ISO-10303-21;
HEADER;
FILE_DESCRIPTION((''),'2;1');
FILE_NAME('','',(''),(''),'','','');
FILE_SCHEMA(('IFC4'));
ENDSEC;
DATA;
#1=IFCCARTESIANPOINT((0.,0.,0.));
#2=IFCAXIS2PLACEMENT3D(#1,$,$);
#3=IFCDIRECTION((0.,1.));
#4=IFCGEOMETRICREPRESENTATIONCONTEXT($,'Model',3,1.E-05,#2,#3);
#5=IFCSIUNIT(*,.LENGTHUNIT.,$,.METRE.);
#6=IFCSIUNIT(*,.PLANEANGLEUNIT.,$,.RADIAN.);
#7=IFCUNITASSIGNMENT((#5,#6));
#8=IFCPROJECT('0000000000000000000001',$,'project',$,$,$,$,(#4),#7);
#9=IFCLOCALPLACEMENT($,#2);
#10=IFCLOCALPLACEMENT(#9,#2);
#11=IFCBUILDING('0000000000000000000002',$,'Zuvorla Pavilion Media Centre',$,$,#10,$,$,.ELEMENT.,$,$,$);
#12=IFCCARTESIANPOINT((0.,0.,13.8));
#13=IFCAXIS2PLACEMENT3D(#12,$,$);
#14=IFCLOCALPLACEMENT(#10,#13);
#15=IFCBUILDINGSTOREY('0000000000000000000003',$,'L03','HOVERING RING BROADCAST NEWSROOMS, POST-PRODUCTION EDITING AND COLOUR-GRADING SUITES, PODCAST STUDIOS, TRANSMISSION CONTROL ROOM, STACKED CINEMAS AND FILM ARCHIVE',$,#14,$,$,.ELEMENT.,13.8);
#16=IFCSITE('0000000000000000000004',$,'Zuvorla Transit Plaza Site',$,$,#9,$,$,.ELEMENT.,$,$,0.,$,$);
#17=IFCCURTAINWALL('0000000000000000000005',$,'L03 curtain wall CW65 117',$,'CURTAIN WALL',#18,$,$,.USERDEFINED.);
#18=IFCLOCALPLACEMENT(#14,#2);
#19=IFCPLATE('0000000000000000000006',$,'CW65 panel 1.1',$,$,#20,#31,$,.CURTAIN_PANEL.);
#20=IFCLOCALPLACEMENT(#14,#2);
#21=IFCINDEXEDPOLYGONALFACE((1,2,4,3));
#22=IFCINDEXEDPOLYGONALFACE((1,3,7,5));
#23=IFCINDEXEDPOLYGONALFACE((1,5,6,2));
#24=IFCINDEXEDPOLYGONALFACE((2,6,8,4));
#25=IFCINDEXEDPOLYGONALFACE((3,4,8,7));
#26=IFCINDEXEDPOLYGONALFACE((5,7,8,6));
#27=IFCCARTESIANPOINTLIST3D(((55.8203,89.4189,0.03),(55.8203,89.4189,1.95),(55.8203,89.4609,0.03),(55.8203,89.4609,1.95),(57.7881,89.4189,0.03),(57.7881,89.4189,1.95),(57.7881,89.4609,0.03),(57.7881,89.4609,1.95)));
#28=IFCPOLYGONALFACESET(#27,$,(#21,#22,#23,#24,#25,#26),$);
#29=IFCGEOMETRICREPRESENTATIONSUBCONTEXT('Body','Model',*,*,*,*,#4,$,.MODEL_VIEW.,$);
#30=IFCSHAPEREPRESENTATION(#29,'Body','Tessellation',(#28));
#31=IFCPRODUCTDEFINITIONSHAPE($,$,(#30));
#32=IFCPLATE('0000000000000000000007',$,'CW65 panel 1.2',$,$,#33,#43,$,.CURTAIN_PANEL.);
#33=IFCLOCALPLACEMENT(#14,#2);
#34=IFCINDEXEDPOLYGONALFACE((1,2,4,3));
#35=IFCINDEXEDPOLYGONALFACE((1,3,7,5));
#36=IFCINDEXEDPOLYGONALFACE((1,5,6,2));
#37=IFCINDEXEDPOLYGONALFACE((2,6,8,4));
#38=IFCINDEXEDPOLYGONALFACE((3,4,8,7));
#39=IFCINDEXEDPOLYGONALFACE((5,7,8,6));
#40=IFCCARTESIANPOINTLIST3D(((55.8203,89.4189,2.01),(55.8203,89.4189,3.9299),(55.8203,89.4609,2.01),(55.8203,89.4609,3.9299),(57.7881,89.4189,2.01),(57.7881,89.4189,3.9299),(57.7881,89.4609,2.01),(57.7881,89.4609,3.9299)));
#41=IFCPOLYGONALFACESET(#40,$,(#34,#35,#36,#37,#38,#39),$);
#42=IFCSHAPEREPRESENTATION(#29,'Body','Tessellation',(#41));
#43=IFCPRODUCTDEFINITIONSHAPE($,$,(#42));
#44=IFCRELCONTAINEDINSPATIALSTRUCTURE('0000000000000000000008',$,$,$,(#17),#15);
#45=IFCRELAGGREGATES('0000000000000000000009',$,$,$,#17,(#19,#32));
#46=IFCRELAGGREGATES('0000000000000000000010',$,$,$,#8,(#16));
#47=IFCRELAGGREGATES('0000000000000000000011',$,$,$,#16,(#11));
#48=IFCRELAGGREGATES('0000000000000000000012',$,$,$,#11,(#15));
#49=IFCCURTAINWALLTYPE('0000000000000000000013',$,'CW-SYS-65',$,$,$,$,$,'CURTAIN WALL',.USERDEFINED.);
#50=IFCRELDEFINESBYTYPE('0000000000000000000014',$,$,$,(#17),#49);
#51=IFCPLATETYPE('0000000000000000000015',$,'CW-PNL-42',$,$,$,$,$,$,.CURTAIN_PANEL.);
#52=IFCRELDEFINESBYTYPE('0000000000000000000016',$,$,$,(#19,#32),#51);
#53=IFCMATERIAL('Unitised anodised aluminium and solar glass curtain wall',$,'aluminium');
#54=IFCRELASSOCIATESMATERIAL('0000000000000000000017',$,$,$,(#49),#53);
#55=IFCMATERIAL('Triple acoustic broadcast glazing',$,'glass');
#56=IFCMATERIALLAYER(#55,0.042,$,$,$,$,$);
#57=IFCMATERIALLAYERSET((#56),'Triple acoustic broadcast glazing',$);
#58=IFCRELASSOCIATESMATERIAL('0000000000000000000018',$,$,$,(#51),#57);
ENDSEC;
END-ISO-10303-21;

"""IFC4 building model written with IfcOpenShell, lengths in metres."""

from ifc_helpers import new_model, si_unit, direction, frame, origin, origin_2d, place, context, subcontext, project, spatial, rectangle, extrude, material, layer, layer_set, type_object, element, aggregate, save


model = new_model("IFC4")

# Units and contexts
model_context = context("Model", 3, precision=1e-05, world=origin(), true_north=direction((0.0, 1.0)))
body_context = subcontext(model_context, "Body", "Model", "MODEL_VIEW")
ifc_project = project(units=[si_unit("LENGTHUNIT", "METRE"), si_unit("PLANEANGLEUNIT", "RADIAN")], contexts=[model_context])

# Site, building, storey
site_placement = place(None, origin())
site = spatial("IfcSite", under=ifc_project, at=site_placement, Name="Zuvorla Transit Plaza Site", CompositionType="ELEMENT", RefElevation=0.0)
building_placement = place(site_placement, origin())
building = spatial("IfcBuilding", under=site, at=building_placement, Name="Zuvorla Pavilion Media Centre", CompositionType="ELEMENT")
storey_placement = place(building_placement, frame((0.0, 0.0, 13.8)))
storey = spatial("IfcBuildingStorey", under=building, at=storey_placement, Name="L03", Description="HOVERING RING BROADCAST NEWSROOMS, POST-PRODUCTION EDITING AND COLOUR-GRADING SUITES, PODCAST STUDIOS, TRANSMISSION CONTROL ROOM, STACKED CINEMAS AND FILM ARCHIVE", CompositionType="ELEMENT", Elevation=13.8)

# Curtain wall
ifc_material_1 = material(Name="Unitised anodised aluminium and solar glass curtain wall", Category="aluminium")
curtain_wall_type_1 = type_object("IfcCurtainWallType", Name="CW-SYS-65", ElementType="CURTAIN WALL", PredefinedType="USERDEFINED", material=ifc_material_1)
curtain_wall_1_placement = place(storey_placement, origin())
curtain_wall_1 = element("IfcCurtainWall", 1, at=curtain_wall_1_placement, inside=storey, type_object=curtain_wall_type_1, Name="L03 curtain wall CW65 117", ObjectType="CURTAIN WALL", PredefinedType="USERDEFINED")

# Plates
ifc_material_2 = material(Name="Triple acoustic broadcast glazing", Category="glass")
ifc_layer_1 = layer(ifc_material_2, 0.042)
ifc_layer_set_1 = layer_set([ifc_layer_1], Name="Triple acoustic broadcast glazing")
plate_type_1 = type_object("IfcPlateType", Name="CW-PNL-42", PredefinedType="CURTAIN_PANEL", material=ifc_layer_set_1)
plate_1_placement = place(storey_placement, frame((56.8042, 89.4399, 0.03), z_axis=(0.0, 0.0, 1.0), x_axis=(-1.0, 0.0, 0.0)))
plate_1 = element("IfcPlate", 2, at=plate_1_placement, type_object=plate_type_1, Name="CW65 panel 1.1", PredefinedType="CURTAIN_PANEL", context=body_context, shape_type="SweptSolid", body=[
    extrude(rectangle(XDim=1.9678, YDim=0.042, at=origin_2d()), origin(), (0.0, 0.0, 1.0), 1.9199),
])
plate_2_placement = place(storey_placement, frame((56.8042, 89.4399, 2.01), z_axis=(0.0, 0.0, 1.0), x_axis=(-1.0, 0.0, 0.0)))
plate_2 = element("IfcPlate", 3, at=plate_2_placement, type_object=plate_type_1, Name="CW65 panel 1.2", PredefinedType="CURTAIN_PANEL", context=body_context, shape_type="SweptSolid", body=[
    extrude(rectangle(XDim=1.9678, YDim=0.042, at=origin_2d()), origin(), (0.0, 0.0, 1.0), 1.9199),
])
aggregate(curtain_wall_1, [plate_1, plate_2])

save(model, "model.ifc")
